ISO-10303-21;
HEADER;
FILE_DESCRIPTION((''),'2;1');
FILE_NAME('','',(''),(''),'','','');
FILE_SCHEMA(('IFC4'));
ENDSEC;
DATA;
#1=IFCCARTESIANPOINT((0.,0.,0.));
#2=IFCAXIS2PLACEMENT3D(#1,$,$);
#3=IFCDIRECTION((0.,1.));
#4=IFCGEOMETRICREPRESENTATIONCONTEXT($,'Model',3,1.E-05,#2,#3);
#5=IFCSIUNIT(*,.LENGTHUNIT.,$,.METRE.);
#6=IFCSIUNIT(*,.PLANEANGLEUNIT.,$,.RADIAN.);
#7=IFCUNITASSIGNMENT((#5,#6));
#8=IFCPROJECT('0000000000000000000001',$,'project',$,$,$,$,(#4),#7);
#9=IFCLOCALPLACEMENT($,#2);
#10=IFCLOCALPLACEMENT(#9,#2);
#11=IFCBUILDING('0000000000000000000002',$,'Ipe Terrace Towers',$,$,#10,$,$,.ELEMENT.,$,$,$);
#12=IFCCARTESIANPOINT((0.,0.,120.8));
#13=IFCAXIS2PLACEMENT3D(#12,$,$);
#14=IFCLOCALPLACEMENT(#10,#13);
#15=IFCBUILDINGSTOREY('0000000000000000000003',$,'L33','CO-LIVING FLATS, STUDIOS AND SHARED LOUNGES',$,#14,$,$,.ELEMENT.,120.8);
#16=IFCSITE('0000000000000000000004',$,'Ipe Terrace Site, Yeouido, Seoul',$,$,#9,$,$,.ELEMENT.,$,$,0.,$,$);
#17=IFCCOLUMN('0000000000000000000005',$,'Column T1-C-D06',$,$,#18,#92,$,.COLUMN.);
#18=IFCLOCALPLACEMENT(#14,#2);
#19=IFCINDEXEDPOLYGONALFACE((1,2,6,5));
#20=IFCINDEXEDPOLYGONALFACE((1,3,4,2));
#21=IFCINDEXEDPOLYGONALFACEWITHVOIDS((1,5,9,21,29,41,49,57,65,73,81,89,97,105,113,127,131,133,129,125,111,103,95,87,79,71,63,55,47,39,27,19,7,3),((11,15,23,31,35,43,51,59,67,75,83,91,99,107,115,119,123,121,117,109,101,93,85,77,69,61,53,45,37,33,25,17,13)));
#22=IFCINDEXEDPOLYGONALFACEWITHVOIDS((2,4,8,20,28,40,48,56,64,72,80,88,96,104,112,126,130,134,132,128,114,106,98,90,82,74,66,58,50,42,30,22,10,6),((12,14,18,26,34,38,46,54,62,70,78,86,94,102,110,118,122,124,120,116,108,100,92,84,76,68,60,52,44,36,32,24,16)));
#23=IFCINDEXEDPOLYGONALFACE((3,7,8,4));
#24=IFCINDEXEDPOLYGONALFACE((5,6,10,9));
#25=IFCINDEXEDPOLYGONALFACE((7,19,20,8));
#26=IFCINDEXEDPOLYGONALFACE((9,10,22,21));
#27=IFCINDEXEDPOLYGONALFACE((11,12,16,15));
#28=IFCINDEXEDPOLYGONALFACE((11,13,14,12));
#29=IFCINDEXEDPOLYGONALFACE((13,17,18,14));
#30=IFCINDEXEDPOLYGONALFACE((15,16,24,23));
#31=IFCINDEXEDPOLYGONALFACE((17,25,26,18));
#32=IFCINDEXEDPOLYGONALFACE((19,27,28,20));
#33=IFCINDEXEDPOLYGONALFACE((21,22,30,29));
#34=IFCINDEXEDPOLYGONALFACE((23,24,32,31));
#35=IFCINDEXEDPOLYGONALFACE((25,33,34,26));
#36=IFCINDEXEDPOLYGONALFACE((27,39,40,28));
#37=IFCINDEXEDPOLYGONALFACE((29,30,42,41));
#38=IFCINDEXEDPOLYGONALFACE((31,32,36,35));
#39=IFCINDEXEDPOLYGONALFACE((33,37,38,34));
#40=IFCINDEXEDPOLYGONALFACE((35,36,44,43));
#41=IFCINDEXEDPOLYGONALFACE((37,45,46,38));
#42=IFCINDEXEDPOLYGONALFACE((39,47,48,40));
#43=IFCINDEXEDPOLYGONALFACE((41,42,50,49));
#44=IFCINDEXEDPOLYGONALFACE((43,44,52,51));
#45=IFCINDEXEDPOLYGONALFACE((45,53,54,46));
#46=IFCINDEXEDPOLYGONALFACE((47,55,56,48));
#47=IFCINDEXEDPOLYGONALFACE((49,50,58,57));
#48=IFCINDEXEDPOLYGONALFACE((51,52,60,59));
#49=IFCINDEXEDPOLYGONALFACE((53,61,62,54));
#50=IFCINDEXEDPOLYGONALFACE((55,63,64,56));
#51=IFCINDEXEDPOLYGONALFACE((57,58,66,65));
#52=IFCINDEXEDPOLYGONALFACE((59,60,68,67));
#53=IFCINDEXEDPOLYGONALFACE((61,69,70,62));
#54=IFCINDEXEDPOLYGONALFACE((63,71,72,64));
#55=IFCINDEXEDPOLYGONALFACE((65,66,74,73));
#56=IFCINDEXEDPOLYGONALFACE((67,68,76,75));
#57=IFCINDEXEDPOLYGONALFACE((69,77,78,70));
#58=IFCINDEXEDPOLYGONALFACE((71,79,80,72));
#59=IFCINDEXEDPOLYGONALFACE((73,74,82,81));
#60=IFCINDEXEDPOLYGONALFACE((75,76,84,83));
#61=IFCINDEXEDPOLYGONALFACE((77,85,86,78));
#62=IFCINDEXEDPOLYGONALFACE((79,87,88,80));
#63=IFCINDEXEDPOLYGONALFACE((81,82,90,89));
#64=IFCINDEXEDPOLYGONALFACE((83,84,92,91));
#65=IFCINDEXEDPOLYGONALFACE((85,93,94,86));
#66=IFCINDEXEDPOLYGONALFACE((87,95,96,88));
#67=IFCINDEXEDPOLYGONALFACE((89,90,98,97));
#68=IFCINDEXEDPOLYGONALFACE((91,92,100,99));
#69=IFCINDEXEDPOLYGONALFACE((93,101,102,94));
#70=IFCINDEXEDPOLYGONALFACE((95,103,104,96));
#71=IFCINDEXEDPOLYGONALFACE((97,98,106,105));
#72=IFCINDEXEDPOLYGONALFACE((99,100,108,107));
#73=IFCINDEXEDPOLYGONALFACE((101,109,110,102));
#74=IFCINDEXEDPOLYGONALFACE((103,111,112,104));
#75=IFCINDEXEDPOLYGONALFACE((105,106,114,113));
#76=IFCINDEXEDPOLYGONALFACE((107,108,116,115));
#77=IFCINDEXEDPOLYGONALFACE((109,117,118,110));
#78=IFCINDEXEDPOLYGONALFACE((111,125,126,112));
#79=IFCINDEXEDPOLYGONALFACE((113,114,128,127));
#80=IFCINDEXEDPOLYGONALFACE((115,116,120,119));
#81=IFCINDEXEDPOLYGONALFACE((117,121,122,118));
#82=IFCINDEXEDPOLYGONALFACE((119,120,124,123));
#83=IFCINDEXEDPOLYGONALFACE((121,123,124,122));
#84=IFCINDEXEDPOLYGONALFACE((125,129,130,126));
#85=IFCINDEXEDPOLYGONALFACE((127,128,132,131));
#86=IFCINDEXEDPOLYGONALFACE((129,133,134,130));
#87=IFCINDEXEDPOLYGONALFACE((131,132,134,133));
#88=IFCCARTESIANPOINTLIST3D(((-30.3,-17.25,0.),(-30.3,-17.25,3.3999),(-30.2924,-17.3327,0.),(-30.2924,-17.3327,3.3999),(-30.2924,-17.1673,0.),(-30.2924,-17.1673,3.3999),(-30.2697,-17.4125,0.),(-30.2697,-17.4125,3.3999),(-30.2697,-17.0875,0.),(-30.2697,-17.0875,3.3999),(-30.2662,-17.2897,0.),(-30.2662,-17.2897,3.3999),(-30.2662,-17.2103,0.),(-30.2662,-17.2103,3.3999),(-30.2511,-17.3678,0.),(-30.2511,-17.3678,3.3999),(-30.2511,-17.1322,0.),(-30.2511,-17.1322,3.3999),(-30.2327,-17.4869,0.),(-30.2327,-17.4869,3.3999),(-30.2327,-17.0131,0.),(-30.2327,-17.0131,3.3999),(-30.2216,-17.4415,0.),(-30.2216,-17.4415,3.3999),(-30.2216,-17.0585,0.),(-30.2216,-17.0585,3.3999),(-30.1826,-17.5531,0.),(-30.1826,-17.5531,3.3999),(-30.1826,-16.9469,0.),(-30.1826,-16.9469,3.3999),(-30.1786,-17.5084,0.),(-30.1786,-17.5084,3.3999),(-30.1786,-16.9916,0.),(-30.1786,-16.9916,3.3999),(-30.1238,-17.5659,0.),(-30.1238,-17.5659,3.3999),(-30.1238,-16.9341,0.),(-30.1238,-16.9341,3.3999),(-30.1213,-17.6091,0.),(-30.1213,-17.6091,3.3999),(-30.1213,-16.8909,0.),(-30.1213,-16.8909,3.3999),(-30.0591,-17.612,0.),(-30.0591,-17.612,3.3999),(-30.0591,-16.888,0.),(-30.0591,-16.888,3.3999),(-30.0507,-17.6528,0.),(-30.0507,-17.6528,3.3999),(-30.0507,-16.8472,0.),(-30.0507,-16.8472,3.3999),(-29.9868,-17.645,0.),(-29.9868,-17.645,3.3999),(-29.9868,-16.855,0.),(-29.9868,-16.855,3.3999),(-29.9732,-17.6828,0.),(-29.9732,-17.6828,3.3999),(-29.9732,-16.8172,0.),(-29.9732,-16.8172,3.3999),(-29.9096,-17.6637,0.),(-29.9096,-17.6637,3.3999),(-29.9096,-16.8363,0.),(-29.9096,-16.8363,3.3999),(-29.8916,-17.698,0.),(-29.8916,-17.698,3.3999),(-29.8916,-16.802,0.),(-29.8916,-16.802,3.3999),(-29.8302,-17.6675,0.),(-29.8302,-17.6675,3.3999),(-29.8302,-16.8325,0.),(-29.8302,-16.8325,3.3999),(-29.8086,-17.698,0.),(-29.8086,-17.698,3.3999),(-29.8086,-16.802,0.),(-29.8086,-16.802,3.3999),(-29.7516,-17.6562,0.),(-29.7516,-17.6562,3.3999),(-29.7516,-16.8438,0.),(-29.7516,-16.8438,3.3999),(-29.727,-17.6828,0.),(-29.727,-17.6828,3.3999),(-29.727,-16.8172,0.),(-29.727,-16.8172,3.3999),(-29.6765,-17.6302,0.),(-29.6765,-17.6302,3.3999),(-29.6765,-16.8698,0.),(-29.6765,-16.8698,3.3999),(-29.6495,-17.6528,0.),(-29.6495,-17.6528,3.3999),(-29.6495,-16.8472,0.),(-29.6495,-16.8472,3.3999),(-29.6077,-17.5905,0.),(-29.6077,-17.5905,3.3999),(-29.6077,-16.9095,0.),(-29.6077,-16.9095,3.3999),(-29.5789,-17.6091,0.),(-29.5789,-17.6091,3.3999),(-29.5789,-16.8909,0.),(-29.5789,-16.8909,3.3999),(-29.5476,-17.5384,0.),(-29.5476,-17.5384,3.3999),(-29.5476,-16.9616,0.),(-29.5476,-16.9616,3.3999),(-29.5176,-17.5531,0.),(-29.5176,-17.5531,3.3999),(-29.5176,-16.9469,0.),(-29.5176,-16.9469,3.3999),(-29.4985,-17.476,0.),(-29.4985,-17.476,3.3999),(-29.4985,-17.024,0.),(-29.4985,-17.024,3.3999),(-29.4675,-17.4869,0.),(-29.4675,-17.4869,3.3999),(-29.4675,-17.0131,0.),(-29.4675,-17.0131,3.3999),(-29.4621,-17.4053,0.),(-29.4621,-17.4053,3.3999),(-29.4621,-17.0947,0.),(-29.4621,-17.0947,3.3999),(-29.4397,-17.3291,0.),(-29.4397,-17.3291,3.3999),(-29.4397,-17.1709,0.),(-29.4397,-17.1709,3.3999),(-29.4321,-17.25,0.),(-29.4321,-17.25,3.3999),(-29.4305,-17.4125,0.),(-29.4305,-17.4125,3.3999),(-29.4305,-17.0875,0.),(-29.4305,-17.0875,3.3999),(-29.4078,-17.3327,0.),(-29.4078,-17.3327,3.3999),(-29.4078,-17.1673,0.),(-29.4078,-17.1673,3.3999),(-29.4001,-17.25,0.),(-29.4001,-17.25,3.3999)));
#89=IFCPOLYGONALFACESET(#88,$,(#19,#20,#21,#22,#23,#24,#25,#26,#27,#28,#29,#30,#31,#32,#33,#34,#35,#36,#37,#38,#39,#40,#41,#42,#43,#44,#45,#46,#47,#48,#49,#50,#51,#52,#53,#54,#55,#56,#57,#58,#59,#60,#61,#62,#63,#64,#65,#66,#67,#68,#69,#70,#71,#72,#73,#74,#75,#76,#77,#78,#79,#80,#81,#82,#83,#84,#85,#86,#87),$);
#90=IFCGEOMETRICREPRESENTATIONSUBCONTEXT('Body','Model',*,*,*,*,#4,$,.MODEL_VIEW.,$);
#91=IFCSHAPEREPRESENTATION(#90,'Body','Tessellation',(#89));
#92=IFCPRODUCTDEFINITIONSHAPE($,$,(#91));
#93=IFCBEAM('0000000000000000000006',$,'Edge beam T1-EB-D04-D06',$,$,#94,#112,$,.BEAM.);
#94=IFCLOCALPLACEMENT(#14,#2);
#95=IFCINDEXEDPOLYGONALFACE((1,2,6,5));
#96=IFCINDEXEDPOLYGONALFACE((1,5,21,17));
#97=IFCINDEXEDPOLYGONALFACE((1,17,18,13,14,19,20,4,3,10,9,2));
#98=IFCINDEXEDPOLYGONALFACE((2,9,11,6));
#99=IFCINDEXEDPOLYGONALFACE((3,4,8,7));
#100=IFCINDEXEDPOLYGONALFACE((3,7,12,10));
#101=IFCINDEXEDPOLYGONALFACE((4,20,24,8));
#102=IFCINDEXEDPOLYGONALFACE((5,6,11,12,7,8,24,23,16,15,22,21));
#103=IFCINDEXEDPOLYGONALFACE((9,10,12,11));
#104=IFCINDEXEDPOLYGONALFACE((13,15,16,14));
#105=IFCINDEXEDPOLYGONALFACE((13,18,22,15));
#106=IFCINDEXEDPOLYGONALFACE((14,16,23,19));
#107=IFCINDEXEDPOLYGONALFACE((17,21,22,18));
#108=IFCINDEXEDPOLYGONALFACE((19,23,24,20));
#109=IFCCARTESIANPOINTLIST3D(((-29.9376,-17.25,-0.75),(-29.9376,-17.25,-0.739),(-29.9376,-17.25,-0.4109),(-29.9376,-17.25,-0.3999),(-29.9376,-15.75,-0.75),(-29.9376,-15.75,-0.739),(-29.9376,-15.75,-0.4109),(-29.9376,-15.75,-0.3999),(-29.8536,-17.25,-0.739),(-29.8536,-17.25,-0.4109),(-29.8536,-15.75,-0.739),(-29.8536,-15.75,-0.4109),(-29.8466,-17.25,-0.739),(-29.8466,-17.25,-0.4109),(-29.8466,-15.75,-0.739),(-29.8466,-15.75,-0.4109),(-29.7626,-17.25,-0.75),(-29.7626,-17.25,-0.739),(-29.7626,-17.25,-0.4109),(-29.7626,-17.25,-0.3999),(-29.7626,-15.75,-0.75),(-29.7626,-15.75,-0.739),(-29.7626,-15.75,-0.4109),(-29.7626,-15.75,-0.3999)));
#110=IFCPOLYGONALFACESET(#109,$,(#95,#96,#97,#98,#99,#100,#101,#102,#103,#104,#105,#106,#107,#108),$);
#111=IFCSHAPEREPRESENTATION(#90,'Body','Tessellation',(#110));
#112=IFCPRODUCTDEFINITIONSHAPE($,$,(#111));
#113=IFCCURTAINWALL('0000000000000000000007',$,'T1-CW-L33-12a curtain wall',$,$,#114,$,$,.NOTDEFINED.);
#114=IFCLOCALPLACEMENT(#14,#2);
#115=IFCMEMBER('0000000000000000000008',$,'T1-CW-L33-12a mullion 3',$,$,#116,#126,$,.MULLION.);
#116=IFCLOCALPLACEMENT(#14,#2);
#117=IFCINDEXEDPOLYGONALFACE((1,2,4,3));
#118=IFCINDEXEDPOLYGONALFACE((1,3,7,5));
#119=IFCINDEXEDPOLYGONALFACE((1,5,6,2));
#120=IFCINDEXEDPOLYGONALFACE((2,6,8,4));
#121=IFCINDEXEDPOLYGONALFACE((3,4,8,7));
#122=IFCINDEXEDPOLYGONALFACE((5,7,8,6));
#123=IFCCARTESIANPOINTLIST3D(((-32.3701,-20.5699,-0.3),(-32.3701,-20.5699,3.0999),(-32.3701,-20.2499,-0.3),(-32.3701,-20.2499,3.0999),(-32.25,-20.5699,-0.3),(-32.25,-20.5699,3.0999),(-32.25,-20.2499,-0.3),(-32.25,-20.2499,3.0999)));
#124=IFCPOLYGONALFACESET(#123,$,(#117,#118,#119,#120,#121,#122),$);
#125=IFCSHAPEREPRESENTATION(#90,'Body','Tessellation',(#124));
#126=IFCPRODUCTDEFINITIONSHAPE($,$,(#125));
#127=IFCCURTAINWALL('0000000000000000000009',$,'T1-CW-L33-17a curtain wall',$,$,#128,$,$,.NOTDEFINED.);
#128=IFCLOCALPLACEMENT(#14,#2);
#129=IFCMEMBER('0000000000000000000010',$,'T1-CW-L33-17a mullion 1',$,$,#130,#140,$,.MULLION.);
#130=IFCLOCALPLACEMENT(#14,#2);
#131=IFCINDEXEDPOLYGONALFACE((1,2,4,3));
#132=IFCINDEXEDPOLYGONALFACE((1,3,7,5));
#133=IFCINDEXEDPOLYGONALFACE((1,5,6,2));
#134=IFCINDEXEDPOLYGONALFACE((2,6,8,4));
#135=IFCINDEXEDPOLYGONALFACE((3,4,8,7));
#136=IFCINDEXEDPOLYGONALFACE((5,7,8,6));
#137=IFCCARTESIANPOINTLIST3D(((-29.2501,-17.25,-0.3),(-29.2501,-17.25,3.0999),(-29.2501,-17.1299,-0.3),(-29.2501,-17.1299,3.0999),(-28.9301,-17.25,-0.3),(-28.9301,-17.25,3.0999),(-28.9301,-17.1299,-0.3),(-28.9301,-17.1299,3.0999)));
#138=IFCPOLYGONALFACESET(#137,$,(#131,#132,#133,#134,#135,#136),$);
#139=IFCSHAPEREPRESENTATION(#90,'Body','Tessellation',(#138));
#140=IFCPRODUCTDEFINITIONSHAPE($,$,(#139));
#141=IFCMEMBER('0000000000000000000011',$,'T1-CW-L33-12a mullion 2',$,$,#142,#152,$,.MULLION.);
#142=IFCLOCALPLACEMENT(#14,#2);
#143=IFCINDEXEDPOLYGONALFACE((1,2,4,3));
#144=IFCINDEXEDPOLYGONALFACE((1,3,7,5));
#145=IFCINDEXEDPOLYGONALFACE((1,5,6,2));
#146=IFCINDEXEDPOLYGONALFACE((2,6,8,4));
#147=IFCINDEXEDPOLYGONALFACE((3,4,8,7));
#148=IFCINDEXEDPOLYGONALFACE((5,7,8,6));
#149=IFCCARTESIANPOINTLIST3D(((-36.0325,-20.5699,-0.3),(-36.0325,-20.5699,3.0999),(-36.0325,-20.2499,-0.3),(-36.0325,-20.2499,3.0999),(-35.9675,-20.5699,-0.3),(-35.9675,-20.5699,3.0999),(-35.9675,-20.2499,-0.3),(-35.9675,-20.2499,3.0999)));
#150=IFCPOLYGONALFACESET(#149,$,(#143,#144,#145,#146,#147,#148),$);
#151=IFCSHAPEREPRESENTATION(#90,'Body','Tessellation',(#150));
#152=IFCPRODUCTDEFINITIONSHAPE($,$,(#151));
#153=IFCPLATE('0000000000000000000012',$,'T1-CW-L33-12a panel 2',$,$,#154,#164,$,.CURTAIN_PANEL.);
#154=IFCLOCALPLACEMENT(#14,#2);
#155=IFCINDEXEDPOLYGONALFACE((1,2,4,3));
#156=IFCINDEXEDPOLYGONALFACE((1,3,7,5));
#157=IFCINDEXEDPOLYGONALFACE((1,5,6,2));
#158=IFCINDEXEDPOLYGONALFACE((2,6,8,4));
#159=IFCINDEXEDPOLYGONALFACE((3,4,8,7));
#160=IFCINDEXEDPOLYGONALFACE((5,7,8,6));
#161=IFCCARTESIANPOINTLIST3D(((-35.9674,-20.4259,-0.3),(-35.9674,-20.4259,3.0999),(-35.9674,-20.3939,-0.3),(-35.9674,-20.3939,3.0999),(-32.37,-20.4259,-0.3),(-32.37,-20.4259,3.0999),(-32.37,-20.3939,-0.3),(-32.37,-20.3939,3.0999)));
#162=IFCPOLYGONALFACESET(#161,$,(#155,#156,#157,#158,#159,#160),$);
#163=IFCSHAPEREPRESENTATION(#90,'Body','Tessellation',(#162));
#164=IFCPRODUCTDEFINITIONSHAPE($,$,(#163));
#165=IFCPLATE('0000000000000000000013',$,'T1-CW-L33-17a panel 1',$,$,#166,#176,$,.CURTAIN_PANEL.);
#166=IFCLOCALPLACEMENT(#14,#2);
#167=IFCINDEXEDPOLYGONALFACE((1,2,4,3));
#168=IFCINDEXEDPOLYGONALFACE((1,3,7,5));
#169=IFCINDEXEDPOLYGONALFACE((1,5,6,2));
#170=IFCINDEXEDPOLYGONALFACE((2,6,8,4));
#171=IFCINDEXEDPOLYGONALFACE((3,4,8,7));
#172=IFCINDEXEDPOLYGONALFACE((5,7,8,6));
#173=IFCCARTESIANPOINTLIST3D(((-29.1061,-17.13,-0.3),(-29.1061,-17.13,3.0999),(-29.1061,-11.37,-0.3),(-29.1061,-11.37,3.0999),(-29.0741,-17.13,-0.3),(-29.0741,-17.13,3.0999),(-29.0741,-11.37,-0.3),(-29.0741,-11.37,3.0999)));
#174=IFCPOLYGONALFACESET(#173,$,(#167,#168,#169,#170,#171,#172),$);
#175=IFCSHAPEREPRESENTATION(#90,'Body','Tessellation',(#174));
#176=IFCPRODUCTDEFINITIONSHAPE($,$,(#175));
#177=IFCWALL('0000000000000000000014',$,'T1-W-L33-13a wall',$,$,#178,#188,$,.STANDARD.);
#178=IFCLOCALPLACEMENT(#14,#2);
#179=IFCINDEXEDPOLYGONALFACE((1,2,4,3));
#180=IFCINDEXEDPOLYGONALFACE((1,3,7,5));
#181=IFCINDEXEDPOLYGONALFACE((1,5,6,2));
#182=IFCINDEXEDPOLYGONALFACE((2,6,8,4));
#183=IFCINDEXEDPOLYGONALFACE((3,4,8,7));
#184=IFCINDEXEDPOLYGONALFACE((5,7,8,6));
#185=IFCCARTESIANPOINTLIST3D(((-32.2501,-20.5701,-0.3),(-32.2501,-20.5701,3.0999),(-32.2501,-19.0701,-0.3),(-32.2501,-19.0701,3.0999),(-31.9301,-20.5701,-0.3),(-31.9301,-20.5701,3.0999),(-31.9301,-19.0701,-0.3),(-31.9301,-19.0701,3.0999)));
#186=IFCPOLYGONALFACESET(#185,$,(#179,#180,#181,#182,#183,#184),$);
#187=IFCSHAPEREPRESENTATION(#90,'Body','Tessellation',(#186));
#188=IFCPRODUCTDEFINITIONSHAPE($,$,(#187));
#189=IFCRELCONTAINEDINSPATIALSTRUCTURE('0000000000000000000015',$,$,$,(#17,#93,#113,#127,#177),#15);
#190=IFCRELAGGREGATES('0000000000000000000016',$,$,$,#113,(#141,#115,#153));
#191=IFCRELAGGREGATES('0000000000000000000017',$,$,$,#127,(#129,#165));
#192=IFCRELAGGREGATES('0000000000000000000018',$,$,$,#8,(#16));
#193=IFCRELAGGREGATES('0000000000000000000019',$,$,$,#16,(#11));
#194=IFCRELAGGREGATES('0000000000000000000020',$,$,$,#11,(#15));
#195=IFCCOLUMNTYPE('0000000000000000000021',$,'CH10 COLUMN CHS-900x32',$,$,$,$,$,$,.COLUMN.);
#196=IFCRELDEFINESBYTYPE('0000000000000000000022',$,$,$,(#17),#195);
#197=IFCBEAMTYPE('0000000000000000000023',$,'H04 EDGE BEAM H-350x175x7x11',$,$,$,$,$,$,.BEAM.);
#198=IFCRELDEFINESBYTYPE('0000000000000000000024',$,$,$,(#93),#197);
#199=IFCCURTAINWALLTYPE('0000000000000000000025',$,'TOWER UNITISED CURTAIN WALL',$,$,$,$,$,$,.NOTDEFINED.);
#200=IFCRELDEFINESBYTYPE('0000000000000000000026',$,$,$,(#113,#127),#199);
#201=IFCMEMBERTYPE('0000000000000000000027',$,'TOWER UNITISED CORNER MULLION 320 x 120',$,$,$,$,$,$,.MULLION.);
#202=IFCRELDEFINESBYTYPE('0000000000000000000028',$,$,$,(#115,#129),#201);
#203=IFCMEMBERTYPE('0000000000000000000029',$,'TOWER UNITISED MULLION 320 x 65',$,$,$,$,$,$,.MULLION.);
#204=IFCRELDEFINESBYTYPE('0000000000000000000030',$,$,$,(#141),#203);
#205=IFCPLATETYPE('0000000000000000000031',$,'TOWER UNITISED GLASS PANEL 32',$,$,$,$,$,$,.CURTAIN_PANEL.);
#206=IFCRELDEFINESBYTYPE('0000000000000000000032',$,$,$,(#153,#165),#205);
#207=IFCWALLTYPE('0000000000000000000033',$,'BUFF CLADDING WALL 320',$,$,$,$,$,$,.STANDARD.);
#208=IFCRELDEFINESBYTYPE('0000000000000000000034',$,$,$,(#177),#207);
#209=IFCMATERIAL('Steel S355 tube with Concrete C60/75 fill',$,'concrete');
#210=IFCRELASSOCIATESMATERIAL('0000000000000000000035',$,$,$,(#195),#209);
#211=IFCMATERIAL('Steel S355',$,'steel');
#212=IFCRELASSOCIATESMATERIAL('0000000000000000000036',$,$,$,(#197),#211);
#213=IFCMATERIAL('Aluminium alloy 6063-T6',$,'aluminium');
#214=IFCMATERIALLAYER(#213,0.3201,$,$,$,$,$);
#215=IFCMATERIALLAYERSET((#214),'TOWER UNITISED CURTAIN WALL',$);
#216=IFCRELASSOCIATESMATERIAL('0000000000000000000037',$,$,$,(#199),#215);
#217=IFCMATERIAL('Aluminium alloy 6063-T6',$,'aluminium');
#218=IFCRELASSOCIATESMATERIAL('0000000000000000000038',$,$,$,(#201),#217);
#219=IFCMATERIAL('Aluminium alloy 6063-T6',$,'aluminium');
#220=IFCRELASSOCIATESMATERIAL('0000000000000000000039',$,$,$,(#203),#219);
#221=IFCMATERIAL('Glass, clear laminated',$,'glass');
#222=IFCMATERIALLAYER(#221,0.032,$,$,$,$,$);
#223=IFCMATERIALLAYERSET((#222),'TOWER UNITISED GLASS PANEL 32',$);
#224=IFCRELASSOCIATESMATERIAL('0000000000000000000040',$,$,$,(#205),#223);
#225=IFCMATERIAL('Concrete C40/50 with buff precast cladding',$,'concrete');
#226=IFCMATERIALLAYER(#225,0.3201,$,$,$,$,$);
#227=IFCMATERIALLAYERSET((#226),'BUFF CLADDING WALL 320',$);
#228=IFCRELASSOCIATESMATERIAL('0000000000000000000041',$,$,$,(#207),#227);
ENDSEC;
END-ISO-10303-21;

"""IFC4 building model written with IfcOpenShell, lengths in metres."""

from ifc_helpers import new_model, si_unit, direction, frame, frame_2d, origin, origin_2d, place, context, subcontext, project, spatial, rectangle, hollow_circle, i_section, extrude, material, layer, layer_set, material_profile, profile_set, type_object, element, aggregate, save


model = new_model("IFC4")

# Units and contexts
model_context = context("Model", 3, precision=1e-05, world=origin(), true_north=direction((0.0, 1.0)))
body_context = subcontext(model_context, "Body", "Model", "MODEL_VIEW")
ifc_project = project(units=[si_unit("LENGTHUNIT", "METRE"), si_unit("PLANEANGLEUNIT", "RADIAN")], contexts=[model_context])

# Site, building, storey
site_placement = place(None, origin())
site = spatial("IfcSite", under=ifc_project, at=site_placement, Name="Ipe Terrace Site, Yeouido, Seoul", CompositionType="ELEMENT", RefElevation=0.0)
building_placement = place(site_placement, origin())
building = spatial("IfcBuilding", under=site, at=building_placement, Name="Ipe Terrace Towers", CompositionType="ELEMENT")
storey_placement = place(building_placement, frame((0.0, 0.0, 120.8)))
storey = spatial("IfcBuildingStorey", under=building, at=storey_placement, Name="L33", Description="CO-LIVING FLATS, STUDIOS AND SHARED LOUNGES", CompositionType="ELEMENT", Elevation=120.8)

# Column
ifc_material_1 = material(Name="Steel S355 tube with Concrete C60/75 fill", Category="concrete")
ifc_material_profile_1 = material_profile(ifc_material_1, hollow_circle(Radius=0.45, WallThickness=0.032, at=origin_2d()), Name="CHS-900x32")
ifc_profile_set_1 = profile_set([ifc_material_profile_1], Name="Steel S355 tube with Concrete C60/75 fill")
column_type_1 = type_object("IfcColumnType", Name="CH10 COLUMN CHS-900x32", PredefinedType="COLUMN", material=ifc_profile_set_1)
for number, where, z_axis, x_axis, name in (
    (1, (-29.8501, -17.25, 0.0), (0.0, 0.0, 1.0), (1.0, 0.0, 0.0), "Column T1-C-D06"),
):
    element("IfcColumn", number, at=place(storey_placement, frame(where, z_axis=z_axis, x_axis=x_axis)), inside=storey, type_object=column_type_1, Name=name, PredefinedType="COLUMN", context=body_context, shape_type="SweptSolid", body=[
        extrude(hollow_circle(Radius=0.45, WallThickness=0.032, at=origin_2d()), origin(), (0.0, 0.0, 1.0), 3.3999),
    ])

# Beam
ifc_material_2 = material(Name="Steel S355", Category="steel")
ifc_material_profile_2 = material_profile(ifc_material_2, i_section(OverallWidth=0.175, OverallDepth=0.3501, WebThickness=0.0071, FlangeThickness=0.011, at=origin_2d()), Name="H-350x175x7x11")
ifc_profile_set_2 = profile_set([ifc_material_profile_2], Name="Steel S355")
beam_type = type_object("IfcBeamType", Name="H04 EDGE BEAM H-350x175x7x11", PredefinedType="BEAM", material=ifc_profile_set_2)
beam_placement = place(storey_placement, frame((-29.8501, -15.75, -0.575), z_axis=(0.0, -1.0, 0.0), x_axis=(1.0, 0.0, 0.0)))
element("IfcBeam", 2, at=beam_placement, inside=storey, type_object=beam_type, Name="Edge beam T1-EB-D04-D06", PredefinedType="BEAM", context=body_context, shape_type="SweptSolid", body=[
    extrude(i_section(OverallWidth=0.175, OverallDepth=0.3501, WebThickness=0.0071, FlangeThickness=0.011, at=origin_2d()), origin(), (0.0, 0.0, 1.0), 1.5),
])

# Curtain walls, members
ifc_material_3 = material(Name="Aluminium alloy 6063-T6", Category="aluminium")
ifc_layer_1 = layer(ifc_material_3, 0.3201)
ifc_layer_set_1 = layer_set([ifc_layer_1], Name="TOWER UNITISED CURTAIN WALL")
curtain_wall_type = type_object("IfcCurtainWallType", Name="TOWER UNITISED CURTAIN WALL", PredefinedType="NOTDEFINED", material=ifc_layer_set_1)
curtain_wall_1_placement = place(storey_placement, origin())
curtain_wall_1 = element("IfcCurtainWall", 3, at=curtain_wall_1_placement, inside=storey, type_object=curtain_wall_type, Name="T1-CW-L33-12a curtain wall", PredefinedType="NOTDEFINED")
ifc_material_4 = material(Name="Aluminium alloy 6063-T6", Category="aluminium")
ifc_material_profile_3 = material_profile(ifc_material_4, rectangle(XDim=0.3201, YDim=0.1201, at=origin_2d()), Name="TOWER UNITISED CORNER MULLION 320 x 120")
ifc_profile_set_3 = profile_set([ifc_material_profile_3], Name="Aluminium alloy 6063-T6")
member_type_1 = type_object("IfcMemberType", Name="TOWER UNITISED CORNER MULLION 320 x 120", PredefinedType="MULLION", material=ifc_profile_set_3)
member_1_placement = place(storey_placement, frame((-32.3101, -20.4099, -0.3), z_axis=(0.0, 0.0, 1.0), x_axis=(0.0, -1.0, 0.0)))
member_1 = element("IfcMember", 4, at=member_1_placement, type_object=member_type_1, Name="T1-CW-L33-12a mullion 3", PredefinedType="MULLION", context=body_context, shape_type="SweptSolid", body=[
    extrude(rectangle(XDim=0.3201, YDim=0.1201, at=origin_2d()), origin(), (0.0, 0.0, 1.0), 3.3999),
])
curtain_wall_2_placement = place(storey_placement, origin())
curtain_wall_2 = element("IfcCurtainWall", 5, at=curtain_wall_2_placement, inside=storey, type_object=curtain_wall_type, Name="T1-CW-L33-17a curtain wall", PredefinedType="NOTDEFINED")
member_2_placement = place(storey_placement, frame((-29.0901, -17.1899, -0.3), z_axis=(0.0, 0.0, 1.0), x_axis=(1.0, 0.0, 0.0)))
member_2 = element("IfcMember", 6, at=member_2_placement, type_object=member_type_1, Name="T1-CW-L33-17a mullion 1", PredefinedType="MULLION", context=body_context, shape_type="SweptSolid", body=[
    extrude(rectangle(XDim=0.3201, YDim=0.1201, at=origin_2d()), origin(), (0.0, 0.0, 1.0), 3.3999),
])

# Member
ifc_material_5 = material(Name="Aluminium alloy 6063-T6", Category="aluminium")
ifc_material_profile_4 = material_profile(ifc_material_5, rectangle(XDim=0.3201, YDim=0.0649, at=origin_2d()), Name="TOWER UNITISED MULLION 320 x 65")
ifc_profile_set_4 = profile_set([ifc_material_profile_4], Name="Aluminium alloy 6063-T6")
member_type_2 = type_object("IfcMemberType", Name="TOWER UNITISED MULLION 320 x 65", PredefinedType="MULLION", material=ifc_profile_set_4)
member_3_placement = place(storey_placement, frame((-36.0, -20.4099, -0.3), z_axis=(0.0, 0.0, 1.0), x_axis=(0.0, -1.0, 0.0)))
member_3 = element("IfcMember", 7, at=member_3_placement, type_object=member_type_2, Name="T1-CW-L33-12a mullion 2", PredefinedType="MULLION", context=body_context, shape_type="SweptSolid", body=[
    extrude(rectangle(XDim=0.3201, YDim=0.0649, at=origin_2d()), origin(), (0.0, 0.0, 1.0), 3.3999),
])

# Plates
ifc_material_6 = material(Name="Glass, clear laminated", Category="glass")
ifc_layer_2 = layer(ifc_material_6, 0.032)
ifc_layer_set_2 = layer_set([ifc_layer_2], Name="TOWER UNITISED GLASS PANEL 32")
plate_type = type_object("IfcPlateType", Name="TOWER UNITISED GLASS PANEL 32", PredefinedType="CURTAIN_PANEL", material=ifc_layer_set_2)
plate_1_placement = place(storey_placement, frame((-34.1687, -20.4099, -0.3), z_axis=(0.0, 0.0, 1.0), x_axis=(1.0, 0.0, 0.0)))
plate_1 = element("IfcPlate", 8, at=plate_1_placement, type_object=plate_type, Name="T1-CW-L33-12a panel 2", PredefinedType="CURTAIN_PANEL", context=body_context, shape_type="SweptSolid", body=[
    extrude(rectangle(XDim=3.5974, YDim=0.032, at=origin_2d()), origin(), (0.0, 0.0, 1.0), 3.3999),
])
aggregate(curtain_wall_1, [member_3, member_1, plate_1])
plate_2_placement = place(storey_placement, frame((-29.0901, -14.25, -0.3), z_axis=(0.0, 0.0, 1.0), x_axis=(0.0, 1.0, 0.0)))
plate_2 = element("IfcPlate", 9, at=plate_2_placement, type_object=plate_type, Name="T1-CW-L33-17a panel 1", PredefinedType="CURTAIN_PANEL", context=body_context, shape_type="SweptSolid", body=[
    extrude(rectangle(XDim=5.76, YDim=0.032, at=origin_2d()), origin(), (0.0, 0.0, 1.0), 3.3999),
])
aggregate(curtain_wall_2, [member_2, plate_2])

# Wall
ifc_material_7 = material(Name="Concrete C40/50 with buff precast cladding", Category="concrete")
ifc_layer_3 = layer(ifc_material_7, 0.3201)
ifc_layer_set_3 = layer_set([ifc_layer_3], Name="BUFF CLADDING WALL 320")
wall_type_1 = type_object("IfcWallType", Name="BUFF CLADDING WALL 320", PredefinedType="STANDARD", material=ifc_layer_set_3)
wall_1_placement = place(storey_placement, frame((-32.0901, -20.5701, -0.3), z_axis=(0.0, 0.0, 1.0), x_axis=(0.0, 1.0, 0.0)))
element("IfcWall", 10, at=wall_1_placement, inside=storey, type_object=wall_type_1, Name="T1-W-L33-13a wall", PredefinedType="STANDARD", context=body_context, shape_type="SweptSolid", body=[
    extrude(rectangle(XDim=1.5, YDim=0.3201, at=frame_2d((0.75, 0.0))), origin(), (0.0, 0.0, 1.0), 3.3999),
])

save(model, "model.ifc")
